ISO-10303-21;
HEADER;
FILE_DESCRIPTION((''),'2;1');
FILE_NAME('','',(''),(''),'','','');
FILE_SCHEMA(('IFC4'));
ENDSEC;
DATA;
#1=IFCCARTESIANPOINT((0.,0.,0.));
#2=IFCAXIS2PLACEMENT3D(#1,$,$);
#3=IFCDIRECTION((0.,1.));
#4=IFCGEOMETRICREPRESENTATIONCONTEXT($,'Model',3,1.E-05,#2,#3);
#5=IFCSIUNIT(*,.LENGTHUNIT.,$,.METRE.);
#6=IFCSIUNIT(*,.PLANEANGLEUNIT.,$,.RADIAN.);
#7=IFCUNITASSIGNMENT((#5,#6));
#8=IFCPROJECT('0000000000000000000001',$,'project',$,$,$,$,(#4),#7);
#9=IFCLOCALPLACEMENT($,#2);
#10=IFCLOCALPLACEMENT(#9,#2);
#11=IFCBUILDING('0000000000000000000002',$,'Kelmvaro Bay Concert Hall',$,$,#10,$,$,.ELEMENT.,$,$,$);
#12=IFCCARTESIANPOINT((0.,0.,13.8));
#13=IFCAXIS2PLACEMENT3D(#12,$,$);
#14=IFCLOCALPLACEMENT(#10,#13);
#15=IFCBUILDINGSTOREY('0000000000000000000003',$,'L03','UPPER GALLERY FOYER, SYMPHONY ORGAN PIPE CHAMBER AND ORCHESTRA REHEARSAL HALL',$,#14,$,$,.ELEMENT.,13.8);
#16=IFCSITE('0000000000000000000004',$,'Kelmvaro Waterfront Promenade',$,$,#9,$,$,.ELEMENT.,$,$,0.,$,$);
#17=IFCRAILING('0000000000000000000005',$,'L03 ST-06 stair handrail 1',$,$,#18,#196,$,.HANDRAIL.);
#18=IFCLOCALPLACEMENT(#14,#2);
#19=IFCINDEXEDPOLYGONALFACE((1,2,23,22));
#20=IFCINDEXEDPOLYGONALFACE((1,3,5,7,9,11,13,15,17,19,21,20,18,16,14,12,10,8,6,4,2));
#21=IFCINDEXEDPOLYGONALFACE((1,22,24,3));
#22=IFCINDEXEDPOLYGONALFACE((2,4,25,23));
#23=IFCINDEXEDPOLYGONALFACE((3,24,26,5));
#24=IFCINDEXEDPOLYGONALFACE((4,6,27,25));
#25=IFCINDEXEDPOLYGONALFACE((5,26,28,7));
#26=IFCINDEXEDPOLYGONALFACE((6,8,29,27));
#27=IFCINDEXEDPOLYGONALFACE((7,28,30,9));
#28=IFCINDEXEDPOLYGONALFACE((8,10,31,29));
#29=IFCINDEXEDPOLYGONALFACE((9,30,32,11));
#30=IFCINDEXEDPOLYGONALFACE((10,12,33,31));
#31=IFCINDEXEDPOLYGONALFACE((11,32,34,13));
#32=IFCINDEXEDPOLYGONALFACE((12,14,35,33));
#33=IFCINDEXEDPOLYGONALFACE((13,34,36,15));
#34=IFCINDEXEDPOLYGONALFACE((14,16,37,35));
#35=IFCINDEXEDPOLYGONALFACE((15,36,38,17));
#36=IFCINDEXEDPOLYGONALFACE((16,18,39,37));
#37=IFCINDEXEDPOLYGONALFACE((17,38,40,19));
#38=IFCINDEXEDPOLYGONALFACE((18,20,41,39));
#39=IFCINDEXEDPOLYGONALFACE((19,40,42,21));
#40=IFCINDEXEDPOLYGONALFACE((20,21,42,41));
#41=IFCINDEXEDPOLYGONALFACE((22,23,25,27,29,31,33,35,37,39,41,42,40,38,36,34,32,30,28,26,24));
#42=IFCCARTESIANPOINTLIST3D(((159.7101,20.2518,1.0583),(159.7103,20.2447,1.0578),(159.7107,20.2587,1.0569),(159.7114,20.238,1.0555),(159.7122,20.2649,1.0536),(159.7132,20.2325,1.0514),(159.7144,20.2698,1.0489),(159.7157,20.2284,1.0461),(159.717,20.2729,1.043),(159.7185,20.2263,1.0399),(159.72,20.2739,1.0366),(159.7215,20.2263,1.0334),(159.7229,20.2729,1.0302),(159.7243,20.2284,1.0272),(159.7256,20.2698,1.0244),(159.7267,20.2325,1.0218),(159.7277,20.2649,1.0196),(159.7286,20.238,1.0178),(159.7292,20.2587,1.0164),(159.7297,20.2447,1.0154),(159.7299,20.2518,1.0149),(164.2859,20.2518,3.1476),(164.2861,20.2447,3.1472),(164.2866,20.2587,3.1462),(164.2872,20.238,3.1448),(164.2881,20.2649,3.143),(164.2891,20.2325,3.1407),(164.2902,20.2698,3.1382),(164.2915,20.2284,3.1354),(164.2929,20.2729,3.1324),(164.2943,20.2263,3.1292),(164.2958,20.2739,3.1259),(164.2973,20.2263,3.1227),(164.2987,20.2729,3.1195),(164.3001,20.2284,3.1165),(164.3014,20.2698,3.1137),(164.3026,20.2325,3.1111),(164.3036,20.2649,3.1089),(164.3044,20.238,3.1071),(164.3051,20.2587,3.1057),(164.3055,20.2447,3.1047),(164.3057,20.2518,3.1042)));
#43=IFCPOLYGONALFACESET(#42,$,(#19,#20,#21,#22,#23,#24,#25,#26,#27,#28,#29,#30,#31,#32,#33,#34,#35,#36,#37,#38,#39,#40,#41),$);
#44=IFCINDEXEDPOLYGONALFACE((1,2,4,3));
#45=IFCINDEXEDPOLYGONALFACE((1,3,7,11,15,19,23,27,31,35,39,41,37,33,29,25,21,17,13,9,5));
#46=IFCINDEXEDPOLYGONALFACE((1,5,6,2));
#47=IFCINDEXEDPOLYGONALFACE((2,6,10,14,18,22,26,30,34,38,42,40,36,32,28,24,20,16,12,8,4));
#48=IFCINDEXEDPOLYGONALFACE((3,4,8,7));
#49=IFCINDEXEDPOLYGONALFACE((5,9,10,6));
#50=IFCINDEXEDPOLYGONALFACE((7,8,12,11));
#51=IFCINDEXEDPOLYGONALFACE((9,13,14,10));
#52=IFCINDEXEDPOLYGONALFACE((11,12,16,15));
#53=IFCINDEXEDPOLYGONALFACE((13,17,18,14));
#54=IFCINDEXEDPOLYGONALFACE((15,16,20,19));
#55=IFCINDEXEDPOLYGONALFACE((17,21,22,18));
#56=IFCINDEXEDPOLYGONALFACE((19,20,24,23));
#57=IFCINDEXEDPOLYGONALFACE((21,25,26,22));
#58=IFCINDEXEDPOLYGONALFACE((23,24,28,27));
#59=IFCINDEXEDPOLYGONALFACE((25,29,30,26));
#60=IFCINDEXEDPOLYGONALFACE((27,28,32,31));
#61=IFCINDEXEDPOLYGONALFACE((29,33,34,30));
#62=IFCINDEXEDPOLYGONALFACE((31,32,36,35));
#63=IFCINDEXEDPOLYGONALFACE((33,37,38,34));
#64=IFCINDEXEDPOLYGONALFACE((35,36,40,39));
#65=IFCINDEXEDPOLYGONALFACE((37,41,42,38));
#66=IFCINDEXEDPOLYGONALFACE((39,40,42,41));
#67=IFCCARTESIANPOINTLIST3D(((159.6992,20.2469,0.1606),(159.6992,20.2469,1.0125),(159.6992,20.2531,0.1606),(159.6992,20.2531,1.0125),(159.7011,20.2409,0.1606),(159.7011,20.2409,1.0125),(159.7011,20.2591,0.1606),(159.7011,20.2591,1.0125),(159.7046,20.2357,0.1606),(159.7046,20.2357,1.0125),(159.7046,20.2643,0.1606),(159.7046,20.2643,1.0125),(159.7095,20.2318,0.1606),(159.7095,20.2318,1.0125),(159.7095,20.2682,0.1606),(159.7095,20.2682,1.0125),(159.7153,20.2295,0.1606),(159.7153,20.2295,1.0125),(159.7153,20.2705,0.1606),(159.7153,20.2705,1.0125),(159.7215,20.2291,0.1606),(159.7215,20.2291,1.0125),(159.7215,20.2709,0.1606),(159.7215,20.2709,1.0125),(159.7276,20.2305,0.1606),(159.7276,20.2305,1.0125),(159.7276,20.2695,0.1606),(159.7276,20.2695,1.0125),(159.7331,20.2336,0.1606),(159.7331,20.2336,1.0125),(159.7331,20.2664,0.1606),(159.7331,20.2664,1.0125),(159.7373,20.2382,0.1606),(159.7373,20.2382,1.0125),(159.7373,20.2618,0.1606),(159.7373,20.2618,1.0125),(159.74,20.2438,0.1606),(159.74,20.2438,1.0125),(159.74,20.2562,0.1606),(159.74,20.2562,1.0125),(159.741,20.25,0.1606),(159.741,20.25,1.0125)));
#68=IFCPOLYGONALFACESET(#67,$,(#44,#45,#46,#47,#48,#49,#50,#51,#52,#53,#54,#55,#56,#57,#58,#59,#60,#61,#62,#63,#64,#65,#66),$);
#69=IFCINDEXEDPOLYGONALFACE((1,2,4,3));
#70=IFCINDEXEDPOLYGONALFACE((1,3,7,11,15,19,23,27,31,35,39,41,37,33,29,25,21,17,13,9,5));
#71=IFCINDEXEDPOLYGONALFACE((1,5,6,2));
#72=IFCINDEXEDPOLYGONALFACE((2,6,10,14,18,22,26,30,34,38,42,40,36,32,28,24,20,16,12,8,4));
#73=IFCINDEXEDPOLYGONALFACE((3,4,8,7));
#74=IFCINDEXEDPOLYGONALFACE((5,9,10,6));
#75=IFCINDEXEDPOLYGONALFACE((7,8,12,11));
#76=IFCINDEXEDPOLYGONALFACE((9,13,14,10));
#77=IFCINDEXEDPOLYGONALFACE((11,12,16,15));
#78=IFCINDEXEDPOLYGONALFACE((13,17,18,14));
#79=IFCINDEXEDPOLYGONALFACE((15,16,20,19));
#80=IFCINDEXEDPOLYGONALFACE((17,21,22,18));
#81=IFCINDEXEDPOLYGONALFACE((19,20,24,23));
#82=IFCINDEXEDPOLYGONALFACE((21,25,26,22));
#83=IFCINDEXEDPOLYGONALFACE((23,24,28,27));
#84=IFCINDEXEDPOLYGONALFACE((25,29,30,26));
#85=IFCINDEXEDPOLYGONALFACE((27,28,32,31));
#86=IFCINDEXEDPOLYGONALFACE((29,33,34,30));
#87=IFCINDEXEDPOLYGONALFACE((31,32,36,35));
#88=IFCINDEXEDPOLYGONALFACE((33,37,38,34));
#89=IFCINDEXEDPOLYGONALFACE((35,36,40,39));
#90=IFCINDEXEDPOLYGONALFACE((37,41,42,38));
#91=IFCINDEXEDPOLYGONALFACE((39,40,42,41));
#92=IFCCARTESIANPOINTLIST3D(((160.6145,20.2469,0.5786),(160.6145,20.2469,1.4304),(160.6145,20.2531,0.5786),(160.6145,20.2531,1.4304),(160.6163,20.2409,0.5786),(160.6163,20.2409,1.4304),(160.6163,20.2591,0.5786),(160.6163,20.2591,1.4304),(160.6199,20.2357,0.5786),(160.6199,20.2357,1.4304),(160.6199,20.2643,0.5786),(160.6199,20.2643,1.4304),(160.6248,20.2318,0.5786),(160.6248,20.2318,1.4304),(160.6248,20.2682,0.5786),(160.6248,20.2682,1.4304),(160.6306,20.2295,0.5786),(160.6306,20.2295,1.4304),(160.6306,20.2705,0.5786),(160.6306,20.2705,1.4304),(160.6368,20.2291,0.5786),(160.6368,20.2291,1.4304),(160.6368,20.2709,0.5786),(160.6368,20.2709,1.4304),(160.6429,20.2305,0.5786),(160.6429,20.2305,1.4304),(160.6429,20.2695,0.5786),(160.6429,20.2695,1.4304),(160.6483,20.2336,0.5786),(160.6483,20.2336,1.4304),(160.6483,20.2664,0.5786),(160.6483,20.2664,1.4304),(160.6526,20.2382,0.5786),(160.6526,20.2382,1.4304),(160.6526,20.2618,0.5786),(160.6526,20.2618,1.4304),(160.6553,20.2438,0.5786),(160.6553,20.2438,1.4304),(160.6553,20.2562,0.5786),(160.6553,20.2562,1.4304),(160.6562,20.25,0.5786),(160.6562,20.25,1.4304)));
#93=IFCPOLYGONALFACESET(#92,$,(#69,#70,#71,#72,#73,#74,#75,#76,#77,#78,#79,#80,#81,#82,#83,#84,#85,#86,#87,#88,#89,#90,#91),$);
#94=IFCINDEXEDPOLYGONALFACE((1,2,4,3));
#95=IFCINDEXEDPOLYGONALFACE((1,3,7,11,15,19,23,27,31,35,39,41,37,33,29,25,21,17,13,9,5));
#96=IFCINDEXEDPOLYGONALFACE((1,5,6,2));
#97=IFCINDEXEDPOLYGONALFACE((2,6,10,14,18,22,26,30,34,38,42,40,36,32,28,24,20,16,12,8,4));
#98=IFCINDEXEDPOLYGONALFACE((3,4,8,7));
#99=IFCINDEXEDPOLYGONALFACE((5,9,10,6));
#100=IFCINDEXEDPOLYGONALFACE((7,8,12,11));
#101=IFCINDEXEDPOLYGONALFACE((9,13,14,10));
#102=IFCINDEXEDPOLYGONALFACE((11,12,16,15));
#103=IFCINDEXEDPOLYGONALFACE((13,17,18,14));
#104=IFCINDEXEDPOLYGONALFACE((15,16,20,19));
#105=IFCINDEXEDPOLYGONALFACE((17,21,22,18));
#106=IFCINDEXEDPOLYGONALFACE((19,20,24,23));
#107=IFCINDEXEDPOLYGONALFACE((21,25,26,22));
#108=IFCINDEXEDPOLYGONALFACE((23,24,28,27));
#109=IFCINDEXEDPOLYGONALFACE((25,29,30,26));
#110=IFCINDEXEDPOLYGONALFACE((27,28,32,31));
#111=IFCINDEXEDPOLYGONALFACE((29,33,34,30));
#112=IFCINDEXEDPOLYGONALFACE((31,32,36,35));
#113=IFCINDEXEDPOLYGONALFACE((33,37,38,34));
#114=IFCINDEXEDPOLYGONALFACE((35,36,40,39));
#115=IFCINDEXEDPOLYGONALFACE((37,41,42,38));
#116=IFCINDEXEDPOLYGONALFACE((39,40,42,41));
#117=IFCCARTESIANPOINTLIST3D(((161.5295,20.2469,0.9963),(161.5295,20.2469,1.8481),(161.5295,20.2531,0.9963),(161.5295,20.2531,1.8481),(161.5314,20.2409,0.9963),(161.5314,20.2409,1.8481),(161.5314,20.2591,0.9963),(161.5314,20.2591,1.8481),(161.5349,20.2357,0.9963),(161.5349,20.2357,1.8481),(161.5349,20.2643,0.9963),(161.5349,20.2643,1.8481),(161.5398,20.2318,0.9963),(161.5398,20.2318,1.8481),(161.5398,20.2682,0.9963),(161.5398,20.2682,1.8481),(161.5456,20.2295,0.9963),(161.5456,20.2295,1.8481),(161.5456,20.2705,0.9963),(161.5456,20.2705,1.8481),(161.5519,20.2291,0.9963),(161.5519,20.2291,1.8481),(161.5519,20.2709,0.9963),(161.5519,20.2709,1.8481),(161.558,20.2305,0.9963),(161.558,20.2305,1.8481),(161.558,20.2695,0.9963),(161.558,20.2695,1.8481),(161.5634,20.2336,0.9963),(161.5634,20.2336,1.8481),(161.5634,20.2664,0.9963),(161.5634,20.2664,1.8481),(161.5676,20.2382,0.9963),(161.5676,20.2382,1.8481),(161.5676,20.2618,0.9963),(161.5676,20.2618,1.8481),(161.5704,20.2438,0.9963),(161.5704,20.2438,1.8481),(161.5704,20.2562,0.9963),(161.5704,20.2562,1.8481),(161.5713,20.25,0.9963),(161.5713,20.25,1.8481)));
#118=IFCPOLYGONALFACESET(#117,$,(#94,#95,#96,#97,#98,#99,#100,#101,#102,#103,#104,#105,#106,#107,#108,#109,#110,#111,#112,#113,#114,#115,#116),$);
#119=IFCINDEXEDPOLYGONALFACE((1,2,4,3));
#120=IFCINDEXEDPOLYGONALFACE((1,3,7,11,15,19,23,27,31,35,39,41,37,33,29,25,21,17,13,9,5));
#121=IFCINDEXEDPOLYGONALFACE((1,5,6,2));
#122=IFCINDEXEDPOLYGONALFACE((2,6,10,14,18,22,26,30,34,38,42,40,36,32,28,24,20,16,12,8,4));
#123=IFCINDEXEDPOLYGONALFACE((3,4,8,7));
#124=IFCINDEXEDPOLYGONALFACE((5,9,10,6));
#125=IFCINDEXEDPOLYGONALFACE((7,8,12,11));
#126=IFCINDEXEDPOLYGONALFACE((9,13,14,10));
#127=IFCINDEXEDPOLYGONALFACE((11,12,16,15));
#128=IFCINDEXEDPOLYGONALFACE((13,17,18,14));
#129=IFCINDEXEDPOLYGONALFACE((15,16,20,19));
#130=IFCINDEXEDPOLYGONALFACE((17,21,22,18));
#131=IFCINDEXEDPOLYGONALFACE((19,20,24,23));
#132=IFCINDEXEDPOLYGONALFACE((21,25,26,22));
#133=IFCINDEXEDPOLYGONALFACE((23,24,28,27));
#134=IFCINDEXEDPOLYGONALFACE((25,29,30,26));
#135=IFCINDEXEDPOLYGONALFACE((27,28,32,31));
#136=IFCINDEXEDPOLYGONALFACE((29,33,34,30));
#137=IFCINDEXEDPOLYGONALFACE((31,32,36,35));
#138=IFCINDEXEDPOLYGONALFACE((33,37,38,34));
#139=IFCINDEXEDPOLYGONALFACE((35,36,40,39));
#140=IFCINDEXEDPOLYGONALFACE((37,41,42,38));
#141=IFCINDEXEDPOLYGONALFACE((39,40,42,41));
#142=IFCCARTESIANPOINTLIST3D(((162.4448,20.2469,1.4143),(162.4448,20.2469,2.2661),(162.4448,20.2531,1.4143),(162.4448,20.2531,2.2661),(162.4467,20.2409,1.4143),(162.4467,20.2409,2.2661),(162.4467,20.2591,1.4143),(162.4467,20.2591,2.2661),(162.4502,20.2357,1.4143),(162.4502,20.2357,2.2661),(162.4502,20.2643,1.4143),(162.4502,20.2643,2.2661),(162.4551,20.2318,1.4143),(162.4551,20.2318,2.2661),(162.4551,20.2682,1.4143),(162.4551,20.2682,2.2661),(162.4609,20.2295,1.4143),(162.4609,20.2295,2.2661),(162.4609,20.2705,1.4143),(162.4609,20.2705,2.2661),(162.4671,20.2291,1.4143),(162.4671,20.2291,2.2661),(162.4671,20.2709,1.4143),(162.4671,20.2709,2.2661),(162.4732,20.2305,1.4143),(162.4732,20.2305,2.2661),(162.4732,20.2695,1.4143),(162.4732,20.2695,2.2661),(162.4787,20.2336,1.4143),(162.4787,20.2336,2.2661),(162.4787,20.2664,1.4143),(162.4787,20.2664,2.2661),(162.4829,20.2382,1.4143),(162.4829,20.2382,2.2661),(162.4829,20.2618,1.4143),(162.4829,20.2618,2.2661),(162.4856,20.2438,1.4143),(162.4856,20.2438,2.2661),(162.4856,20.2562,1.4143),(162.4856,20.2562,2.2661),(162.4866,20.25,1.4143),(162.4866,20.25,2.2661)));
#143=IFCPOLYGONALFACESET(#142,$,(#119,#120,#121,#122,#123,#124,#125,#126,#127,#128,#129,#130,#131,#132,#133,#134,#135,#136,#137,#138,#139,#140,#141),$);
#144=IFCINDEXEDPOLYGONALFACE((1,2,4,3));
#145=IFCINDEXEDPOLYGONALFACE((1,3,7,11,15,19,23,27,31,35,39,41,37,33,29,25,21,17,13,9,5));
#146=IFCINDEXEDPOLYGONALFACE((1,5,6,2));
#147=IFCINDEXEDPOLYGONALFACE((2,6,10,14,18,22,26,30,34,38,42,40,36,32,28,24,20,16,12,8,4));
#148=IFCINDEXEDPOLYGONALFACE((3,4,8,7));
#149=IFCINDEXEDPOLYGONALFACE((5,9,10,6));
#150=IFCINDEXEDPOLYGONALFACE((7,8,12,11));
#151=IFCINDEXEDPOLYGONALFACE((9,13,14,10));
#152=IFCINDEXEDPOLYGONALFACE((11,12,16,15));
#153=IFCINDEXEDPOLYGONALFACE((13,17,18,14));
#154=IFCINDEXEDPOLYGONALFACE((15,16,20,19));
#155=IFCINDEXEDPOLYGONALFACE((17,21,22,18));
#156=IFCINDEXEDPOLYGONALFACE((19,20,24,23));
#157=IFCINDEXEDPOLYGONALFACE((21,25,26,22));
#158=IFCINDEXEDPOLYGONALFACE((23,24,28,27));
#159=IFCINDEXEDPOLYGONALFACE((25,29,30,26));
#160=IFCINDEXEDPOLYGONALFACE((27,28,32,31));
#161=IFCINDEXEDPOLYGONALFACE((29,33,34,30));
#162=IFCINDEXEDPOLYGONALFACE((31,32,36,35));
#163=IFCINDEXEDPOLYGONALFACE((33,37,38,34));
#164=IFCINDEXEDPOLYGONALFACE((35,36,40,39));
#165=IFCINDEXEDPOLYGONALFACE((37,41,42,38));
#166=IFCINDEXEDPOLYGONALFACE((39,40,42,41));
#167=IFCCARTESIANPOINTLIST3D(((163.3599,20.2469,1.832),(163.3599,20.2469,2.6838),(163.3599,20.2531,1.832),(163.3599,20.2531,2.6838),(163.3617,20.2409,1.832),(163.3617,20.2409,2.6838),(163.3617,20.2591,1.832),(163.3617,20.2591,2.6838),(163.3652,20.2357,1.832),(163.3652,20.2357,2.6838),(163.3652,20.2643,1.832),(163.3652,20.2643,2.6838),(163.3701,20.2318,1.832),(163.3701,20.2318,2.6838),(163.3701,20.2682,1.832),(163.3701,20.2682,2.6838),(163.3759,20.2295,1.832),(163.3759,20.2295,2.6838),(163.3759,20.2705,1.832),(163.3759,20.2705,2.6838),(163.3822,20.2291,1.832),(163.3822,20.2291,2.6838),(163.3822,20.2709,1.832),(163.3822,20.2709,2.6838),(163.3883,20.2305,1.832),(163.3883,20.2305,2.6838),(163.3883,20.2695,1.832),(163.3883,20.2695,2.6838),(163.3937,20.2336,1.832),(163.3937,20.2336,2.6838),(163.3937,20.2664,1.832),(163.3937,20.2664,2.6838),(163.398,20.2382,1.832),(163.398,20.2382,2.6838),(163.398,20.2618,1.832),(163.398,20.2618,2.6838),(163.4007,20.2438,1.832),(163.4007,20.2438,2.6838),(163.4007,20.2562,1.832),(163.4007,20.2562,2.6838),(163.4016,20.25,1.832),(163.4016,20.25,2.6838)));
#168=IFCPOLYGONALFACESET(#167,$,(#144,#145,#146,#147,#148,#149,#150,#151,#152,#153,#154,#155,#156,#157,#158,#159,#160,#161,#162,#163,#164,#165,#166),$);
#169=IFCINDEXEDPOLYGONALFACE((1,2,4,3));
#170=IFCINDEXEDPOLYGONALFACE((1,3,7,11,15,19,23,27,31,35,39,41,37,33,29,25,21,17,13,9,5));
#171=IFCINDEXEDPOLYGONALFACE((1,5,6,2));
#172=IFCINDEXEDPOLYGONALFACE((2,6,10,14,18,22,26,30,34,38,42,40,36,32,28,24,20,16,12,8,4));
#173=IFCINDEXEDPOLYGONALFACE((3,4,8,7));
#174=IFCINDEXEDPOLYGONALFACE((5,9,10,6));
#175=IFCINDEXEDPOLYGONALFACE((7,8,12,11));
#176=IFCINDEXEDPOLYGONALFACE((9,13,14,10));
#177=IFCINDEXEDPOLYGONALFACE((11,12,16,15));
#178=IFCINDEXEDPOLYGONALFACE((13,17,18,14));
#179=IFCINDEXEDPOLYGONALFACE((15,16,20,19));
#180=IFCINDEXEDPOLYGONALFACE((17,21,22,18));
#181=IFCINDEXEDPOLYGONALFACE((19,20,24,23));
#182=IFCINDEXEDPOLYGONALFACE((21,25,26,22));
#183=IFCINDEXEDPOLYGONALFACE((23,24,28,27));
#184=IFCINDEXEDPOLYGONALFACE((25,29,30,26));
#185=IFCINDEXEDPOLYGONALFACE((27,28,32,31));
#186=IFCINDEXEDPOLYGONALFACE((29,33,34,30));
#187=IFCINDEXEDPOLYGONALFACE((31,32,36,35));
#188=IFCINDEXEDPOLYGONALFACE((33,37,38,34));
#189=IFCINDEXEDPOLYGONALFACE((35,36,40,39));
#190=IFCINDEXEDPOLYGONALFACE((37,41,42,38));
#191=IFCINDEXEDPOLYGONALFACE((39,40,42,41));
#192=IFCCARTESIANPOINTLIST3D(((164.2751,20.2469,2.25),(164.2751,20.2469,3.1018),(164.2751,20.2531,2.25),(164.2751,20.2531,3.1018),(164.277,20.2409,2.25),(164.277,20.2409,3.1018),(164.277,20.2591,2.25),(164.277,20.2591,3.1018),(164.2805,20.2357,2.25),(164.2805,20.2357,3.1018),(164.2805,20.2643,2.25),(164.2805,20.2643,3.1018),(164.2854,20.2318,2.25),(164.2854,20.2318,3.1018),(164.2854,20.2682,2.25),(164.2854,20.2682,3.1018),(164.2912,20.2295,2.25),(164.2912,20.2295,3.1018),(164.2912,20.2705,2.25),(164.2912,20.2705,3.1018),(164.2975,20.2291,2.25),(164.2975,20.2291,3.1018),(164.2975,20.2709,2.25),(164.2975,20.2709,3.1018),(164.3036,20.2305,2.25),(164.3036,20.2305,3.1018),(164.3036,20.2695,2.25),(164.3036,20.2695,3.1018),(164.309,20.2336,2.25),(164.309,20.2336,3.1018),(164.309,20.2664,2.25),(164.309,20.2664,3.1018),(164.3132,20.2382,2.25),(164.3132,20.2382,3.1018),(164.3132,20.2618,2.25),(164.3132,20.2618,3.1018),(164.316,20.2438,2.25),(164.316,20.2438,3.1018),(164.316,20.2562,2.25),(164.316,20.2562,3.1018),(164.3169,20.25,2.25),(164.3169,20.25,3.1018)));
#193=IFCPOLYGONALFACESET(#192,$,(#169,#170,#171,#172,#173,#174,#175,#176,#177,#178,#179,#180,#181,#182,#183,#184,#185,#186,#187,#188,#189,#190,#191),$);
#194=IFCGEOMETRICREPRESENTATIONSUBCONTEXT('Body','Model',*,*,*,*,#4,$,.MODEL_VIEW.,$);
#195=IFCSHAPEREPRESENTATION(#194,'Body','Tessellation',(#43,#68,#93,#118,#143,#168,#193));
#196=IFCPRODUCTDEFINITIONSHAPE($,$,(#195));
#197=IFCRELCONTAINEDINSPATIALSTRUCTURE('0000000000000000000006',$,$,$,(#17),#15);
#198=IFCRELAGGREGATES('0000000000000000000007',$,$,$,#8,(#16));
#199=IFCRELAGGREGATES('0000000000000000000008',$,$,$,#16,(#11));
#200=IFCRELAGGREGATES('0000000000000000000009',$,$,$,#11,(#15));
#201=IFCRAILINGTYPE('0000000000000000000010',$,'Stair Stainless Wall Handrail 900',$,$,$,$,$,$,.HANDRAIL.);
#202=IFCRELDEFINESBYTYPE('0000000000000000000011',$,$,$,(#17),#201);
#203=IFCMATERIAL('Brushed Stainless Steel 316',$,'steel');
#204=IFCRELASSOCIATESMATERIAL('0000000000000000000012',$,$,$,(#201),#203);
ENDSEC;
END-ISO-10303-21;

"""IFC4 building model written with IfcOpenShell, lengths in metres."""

from ifc_helpers import new_model, si_unit, direction, frame, origin, origin_2d, place, context, subcontext, project, spatial, circle, extrude, material, type_object, element, save


model = new_model("IFC4")

# Units and contexts
model_context = context("Model", 3, precision=1e-05, world=origin(), true_north=direction((0.0, 1.0)))
body_context = subcontext(model_context, "Body", "Model", "MODEL_VIEW")
ifc_project = project(units=[si_unit("LENGTHUNIT", "METRE"), si_unit("PLANEANGLEUNIT", "RADIAN")], contexts=[model_context])

# Site, building, storey
site_placement = place(None, origin())
site = spatial("IfcSite", under=ifc_project, at=site_placement, Name="Kelmvaro Waterfront Promenade", CompositionType="ELEMENT", RefElevation=0.0)
building_placement = place(site_placement, origin())
building = spatial("IfcBuilding", under=site, at=building_placement, Name="Kelmvaro Bay Concert Hall", CompositionType="ELEMENT")
storey_placement = place(building_placement, frame((0.0, 0.0, 13.8)))
storey = spatial("IfcBuildingStorey", under=building, at=storey_placement, Name="L03", Description="UPPER GALLERY FOYER, SYMPHONY ORGAN PIPE CHAMBER AND ORCHESTRA REHEARSAL HALL", CompositionType="ELEMENT", Elevation=13.8)

# Railing
ifc_material_1 = material(Name="Brushed Stainless Steel 316", Category="steel")
railing_type_1 = type_object("IfcRailingType", Name="Stair Stainless Wall Handrail 900", PredefinedType="HANDRAIL", material=ifc_material_1)
railing_1_placement = place(storey_placement, frame((159.72, 20.25, 0.1606)))
element("IfcRailing", 1, at=railing_1_placement, inside=storey, type_object=railing_type_1, Name="L03 ST-06 stair handrail 1", PredefinedType="HANDRAIL", context=body_context, shape_type="SweptSolid", body=[
    extrude(circle(Radius=0.0239, at=origin_2d()), frame((0.0, 0.0, 0.876), z_axis=(0.909662, 0.0, 0.415349), x_axis=(0.0, 1.0, 0.0)), (0.0, 0.0, 1.0), 5.0303),
    extrude(circle(Radius=0.021, at=origin_2d()), origin(), (0.0, 0.0, 1.0), 0.8518),
    extrude(circle(Radius=0.021, at=origin_2d()), frame((0.9153, 0.0, 0.418)), (0.0, 0.0, 1.0), 0.8518),
    extrude(circle(Radius=0.021, at=origin_2d()), frame((1.8303, 0.0, 0.8357)), (0.0, 0.0, 1.0), 0.8518),
    extrude(circle(Radius=0.021, at=origin_2d()), frame((2.7456, 0.0, 1.2537)), (0.0, 0.0, 1.0), 0.8518),
    extrude(circle(Radius=0.021, at=origin_2d()), frame((3.6606, 0.0, 1.6714)), (0.0, 0.0, 1.0), 0.8518),
    extrude(circle(Radius=0.021, at=origin_2d()), frame((4.5759, 0.0, 2.0894)), (0.0, 0.0, 1.0), 0.8518),
])

save(model, "model.ifc")
